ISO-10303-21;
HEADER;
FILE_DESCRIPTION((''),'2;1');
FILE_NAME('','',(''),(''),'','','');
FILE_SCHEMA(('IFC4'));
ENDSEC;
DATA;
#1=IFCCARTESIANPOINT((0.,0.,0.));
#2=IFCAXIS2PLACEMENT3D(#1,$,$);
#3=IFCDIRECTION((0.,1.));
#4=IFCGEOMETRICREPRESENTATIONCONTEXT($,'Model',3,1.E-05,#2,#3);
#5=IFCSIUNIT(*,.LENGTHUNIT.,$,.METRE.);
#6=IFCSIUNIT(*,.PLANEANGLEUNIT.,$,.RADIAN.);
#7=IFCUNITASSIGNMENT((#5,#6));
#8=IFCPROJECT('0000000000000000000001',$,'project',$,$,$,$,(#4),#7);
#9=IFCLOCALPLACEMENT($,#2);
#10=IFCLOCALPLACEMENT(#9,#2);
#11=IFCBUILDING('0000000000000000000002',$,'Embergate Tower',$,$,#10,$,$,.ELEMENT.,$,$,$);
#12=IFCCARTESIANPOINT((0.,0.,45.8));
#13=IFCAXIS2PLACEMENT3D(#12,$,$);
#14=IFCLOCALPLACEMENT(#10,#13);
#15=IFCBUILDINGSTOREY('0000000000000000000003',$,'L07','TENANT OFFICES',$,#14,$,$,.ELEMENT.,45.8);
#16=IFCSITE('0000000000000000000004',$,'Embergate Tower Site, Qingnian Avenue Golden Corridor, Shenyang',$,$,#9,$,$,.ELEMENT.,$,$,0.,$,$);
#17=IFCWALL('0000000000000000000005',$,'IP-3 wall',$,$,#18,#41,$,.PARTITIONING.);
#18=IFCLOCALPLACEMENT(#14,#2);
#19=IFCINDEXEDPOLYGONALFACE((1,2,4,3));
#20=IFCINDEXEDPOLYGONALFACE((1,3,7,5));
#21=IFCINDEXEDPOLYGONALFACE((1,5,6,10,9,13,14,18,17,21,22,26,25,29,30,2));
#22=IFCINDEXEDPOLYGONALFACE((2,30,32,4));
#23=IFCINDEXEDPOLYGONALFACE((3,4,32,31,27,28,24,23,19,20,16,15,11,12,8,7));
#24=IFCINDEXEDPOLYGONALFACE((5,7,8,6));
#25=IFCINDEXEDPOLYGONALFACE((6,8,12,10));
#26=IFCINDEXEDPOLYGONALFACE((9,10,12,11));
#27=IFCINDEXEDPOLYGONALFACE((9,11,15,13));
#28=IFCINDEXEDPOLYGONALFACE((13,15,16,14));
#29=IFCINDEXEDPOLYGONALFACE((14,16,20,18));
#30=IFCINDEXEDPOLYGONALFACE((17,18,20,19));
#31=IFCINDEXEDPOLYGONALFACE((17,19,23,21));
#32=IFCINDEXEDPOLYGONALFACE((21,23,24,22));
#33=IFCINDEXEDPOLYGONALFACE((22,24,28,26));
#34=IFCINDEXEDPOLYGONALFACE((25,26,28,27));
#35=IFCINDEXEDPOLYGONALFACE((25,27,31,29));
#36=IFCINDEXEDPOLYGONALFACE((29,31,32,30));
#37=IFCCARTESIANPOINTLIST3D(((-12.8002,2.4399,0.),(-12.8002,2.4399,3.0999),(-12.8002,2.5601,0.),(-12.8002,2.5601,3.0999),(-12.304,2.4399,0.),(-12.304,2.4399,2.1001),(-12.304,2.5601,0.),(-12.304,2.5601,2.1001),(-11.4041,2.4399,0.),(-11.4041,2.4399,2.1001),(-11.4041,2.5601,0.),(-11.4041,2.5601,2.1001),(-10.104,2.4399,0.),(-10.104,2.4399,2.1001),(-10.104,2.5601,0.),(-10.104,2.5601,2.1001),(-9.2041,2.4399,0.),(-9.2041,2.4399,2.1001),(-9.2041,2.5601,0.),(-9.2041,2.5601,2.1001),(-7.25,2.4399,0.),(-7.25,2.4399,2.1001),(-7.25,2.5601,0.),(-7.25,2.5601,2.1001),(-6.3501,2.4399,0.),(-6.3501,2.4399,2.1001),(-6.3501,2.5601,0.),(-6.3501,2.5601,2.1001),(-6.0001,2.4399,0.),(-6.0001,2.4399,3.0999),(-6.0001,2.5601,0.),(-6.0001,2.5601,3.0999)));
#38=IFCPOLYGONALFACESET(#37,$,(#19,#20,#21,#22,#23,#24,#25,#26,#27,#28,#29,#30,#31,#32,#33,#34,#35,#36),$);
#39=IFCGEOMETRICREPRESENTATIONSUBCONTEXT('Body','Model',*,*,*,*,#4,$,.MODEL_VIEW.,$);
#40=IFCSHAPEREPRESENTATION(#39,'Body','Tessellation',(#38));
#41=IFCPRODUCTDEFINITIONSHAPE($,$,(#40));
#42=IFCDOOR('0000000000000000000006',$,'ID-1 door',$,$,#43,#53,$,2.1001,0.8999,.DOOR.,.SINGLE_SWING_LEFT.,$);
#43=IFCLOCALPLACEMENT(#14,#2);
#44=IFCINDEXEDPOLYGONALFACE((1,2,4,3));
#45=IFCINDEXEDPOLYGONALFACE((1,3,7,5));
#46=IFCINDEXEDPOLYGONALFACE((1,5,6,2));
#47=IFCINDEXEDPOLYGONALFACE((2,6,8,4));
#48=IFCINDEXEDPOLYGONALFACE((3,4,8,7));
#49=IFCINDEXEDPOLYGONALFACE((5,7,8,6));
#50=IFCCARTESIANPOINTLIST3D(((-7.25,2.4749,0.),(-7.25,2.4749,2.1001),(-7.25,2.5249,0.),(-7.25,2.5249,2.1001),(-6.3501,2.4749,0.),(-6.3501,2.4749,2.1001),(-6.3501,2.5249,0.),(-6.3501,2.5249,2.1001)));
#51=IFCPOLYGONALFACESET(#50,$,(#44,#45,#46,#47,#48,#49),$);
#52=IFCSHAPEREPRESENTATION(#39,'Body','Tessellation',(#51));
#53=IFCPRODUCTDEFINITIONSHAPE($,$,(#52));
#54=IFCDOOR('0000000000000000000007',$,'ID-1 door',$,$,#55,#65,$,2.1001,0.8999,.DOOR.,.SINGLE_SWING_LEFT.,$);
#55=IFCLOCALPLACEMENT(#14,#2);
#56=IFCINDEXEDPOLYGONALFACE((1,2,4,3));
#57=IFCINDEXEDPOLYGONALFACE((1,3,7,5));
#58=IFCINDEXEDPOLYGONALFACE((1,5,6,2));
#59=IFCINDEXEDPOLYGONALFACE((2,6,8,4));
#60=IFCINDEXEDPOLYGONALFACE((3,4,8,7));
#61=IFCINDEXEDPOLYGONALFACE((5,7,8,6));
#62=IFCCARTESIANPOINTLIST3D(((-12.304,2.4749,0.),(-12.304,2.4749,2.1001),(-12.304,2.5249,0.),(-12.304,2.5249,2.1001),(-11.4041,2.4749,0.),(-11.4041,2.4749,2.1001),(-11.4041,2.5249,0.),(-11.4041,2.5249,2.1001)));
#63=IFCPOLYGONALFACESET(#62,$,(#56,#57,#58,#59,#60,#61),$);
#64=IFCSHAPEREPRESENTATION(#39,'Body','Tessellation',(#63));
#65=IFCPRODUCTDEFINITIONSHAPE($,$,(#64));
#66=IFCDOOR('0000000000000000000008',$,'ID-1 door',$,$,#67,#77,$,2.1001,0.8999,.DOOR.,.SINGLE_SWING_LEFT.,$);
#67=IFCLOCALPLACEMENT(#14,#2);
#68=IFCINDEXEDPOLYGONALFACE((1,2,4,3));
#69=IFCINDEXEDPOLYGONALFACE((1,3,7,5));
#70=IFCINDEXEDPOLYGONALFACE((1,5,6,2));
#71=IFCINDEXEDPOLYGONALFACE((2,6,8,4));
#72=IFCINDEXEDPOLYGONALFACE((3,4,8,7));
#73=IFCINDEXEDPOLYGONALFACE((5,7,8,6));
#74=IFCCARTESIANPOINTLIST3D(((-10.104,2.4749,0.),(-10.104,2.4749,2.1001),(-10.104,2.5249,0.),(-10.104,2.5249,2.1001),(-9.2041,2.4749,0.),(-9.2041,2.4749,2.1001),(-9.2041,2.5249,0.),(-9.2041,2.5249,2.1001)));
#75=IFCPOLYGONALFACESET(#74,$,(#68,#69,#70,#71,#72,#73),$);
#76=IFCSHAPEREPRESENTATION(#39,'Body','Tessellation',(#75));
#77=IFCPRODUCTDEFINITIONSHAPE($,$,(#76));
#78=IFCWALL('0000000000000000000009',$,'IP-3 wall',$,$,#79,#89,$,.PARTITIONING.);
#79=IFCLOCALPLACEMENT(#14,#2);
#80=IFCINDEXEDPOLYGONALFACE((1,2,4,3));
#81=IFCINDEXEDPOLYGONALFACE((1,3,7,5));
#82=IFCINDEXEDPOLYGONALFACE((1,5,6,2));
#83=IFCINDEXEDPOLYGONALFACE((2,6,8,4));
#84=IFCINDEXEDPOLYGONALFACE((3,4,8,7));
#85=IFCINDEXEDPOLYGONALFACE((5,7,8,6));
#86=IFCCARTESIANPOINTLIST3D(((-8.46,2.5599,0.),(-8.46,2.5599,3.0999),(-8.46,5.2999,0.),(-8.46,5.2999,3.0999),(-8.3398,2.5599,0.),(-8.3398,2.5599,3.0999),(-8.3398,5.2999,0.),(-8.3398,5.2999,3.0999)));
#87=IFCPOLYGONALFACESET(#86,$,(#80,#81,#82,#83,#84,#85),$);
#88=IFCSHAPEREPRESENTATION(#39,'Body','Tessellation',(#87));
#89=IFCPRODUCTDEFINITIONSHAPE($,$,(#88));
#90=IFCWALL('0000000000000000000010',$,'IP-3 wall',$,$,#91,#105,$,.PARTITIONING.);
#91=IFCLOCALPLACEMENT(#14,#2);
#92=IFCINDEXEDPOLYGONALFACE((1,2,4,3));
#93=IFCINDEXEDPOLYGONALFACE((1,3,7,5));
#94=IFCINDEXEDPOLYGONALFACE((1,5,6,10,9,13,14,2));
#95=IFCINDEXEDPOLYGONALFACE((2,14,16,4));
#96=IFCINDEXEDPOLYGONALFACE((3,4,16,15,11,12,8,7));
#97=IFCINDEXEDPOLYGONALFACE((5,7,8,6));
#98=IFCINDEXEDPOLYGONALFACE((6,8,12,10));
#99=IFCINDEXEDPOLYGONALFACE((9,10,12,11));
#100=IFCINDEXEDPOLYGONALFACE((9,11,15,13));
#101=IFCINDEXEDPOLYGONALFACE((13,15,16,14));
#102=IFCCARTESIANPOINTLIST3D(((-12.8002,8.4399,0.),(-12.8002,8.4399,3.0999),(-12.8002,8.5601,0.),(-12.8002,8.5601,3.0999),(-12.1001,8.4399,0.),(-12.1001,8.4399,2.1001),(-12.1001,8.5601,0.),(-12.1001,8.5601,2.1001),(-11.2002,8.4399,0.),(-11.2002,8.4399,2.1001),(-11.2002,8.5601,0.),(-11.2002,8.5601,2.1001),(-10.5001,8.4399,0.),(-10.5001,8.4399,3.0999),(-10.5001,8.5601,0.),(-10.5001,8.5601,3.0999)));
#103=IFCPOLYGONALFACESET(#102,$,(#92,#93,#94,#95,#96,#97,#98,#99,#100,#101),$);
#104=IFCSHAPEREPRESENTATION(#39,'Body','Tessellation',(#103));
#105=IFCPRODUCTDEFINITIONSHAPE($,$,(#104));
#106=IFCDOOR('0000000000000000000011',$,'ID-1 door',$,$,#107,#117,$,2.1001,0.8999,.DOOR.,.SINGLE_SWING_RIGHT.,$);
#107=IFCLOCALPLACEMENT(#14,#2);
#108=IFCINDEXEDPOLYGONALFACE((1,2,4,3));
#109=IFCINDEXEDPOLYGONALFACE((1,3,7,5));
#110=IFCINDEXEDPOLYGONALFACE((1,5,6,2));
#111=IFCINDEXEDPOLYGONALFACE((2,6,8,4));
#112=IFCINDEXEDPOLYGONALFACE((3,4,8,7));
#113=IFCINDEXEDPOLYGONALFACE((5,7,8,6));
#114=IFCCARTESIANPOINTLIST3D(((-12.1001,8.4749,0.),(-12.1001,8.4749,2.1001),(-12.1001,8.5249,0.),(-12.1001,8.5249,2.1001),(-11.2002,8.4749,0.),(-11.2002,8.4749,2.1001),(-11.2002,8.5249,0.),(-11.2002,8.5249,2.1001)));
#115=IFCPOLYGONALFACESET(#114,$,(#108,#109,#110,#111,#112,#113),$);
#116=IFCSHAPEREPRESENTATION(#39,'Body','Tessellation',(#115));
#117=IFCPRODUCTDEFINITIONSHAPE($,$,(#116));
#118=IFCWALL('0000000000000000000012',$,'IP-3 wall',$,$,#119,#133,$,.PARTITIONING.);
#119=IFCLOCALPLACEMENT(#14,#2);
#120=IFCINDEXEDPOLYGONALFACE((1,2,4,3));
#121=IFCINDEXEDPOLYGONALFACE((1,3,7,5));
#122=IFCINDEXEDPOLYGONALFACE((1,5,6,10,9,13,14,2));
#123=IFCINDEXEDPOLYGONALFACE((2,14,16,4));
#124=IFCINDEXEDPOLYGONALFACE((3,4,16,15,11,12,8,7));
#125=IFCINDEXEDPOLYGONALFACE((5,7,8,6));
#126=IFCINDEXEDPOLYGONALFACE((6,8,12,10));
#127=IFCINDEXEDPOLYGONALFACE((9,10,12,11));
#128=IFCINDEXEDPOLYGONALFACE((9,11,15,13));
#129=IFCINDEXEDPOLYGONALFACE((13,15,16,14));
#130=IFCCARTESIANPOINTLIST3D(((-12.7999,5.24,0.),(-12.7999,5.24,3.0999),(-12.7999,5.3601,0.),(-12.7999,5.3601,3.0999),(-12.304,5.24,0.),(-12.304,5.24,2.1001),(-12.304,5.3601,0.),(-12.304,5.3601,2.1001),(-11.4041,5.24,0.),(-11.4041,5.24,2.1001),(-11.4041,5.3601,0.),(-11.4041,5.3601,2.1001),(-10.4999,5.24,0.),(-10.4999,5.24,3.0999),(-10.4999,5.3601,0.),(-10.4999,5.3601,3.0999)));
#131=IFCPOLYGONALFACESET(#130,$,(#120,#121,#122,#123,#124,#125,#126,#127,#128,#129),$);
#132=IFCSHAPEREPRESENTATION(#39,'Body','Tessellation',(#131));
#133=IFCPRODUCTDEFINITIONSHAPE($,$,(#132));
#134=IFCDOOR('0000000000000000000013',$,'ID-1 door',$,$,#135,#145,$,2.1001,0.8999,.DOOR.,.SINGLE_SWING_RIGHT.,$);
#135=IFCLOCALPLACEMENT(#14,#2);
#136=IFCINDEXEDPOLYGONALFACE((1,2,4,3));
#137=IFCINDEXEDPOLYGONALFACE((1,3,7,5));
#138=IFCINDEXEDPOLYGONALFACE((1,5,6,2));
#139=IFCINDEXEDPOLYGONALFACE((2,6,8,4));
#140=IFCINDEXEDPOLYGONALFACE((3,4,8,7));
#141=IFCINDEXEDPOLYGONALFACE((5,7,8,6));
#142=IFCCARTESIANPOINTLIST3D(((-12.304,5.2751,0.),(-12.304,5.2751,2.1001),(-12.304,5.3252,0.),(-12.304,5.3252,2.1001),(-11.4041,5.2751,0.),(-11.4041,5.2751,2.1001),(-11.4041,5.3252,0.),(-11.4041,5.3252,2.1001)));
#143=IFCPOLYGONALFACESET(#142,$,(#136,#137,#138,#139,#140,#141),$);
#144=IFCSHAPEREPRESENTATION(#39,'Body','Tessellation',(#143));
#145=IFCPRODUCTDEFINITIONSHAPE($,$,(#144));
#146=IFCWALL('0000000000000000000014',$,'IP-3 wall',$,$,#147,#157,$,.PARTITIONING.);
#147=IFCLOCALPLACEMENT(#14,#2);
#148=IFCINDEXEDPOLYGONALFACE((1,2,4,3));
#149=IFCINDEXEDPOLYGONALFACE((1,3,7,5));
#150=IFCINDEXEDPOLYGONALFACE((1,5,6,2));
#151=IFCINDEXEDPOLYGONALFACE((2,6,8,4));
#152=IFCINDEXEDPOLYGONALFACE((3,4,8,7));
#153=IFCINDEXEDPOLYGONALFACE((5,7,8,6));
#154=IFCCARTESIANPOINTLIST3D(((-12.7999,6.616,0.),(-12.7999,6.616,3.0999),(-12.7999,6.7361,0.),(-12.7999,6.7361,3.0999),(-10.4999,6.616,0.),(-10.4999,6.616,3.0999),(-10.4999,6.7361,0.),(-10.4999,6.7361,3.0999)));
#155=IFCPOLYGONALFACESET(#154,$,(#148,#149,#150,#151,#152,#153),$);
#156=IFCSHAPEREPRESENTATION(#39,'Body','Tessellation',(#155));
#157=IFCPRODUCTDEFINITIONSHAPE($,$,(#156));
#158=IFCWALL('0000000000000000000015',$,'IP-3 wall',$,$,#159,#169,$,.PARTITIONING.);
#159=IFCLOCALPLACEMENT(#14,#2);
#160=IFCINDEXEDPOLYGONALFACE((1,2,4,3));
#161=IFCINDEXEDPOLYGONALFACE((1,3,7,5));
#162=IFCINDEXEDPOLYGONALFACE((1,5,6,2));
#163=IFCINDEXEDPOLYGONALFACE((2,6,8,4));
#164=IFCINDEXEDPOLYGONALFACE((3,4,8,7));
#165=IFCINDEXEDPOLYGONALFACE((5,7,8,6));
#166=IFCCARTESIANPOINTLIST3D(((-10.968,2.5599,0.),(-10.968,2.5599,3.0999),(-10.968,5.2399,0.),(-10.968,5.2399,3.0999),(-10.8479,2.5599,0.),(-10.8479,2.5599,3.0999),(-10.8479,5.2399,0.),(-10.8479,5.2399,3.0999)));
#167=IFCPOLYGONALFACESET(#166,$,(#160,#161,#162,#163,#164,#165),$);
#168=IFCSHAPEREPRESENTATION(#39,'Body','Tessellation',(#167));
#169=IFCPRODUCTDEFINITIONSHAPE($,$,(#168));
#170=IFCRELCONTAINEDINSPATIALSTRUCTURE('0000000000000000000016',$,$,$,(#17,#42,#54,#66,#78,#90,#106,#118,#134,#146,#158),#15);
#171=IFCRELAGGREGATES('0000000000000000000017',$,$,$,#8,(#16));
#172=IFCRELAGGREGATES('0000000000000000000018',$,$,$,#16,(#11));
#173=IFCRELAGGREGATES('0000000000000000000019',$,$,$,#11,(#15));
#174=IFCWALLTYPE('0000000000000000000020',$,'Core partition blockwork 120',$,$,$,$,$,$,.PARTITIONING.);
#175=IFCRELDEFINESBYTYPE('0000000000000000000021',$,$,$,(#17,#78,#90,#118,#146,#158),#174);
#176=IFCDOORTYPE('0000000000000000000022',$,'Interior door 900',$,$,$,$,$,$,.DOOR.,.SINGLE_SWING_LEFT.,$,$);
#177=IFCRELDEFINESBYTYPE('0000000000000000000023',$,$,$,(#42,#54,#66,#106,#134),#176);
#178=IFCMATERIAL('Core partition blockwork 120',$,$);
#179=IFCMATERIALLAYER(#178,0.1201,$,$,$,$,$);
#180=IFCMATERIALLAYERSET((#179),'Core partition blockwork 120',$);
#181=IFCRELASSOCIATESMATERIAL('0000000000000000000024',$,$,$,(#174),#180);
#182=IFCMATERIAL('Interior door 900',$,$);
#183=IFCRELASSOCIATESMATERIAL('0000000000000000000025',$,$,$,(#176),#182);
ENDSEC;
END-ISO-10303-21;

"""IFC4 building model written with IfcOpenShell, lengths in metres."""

from ifc_helpers import new_model, si_unit, direction, frame, frame_2d, origin, place, context, subcontext, project, spatial, rectangle, extrude, source, transform, mapped, material, layer, layer_set, type_object, element, fill, save


model = new_model("IFC4")

# Units and contexts
model_context = context("Model", 3, precision=1e-05, world=origin(), true_north=direction((0.0, 1.0)))
body_context = subcontext(model_context, "Body", "Model", "MODEL_VIEW")
ifc_project = project(units=[si_unit("LENGTHUNIT", "METRE"), si_unit("PLANEANGLEUNIT", "RADIAN")], contexts=[model_context])

# Site, building, storey
site_placement = place(None, origin())
site = spatial("IfcSite", under=ifc_project, at=site_placement, Name="Embergate Tower Site, Qingnian Avenue Golden Corridor, Shenyang", CompositionType="ELEMENT", RefElevation=0.0)
building_placement = place(site_placement, origin())
building = spatial("IfcBuilding", under=site, at=building_placement, Name="Embergate Tower", CompositionType="ELEMENT")
storey_placement = place(building_placement, frame((0.0, 0.0, 45.8)))
storey = spatial("IfcBuildingStorey", under=building, at=storey_placement, Name="L07", Description="TENANT OFFICES", CompositionType="ELEMENT", Elevation=45.8)

# Wall, openings, doors
ifc_material_1 = material(Name="Core partition blockwork 120")
ifc_layer_1 = layer(ifc_material_1, 0.1201)
ifc_layer_set_1 = layer_set([ifc_layer_1], Name="Core partition blockwork 120")
wall_type_1 = type_object("IfcWallType", Name="Core partition blockwork 120", PredefinedType="PARTITIONING", material=ifc_layer_set_1)
shared_shape_1 = source(origin(), body_context, "Body", "SweptSolid", [
    extrude(rectangle(XDim=6.8, YDim=0.1201, at=frame_2d((3.3999, 0.0))), origin(), (0.0, 0.0, 1.0), 3.0999),
])
wall_1_placement = place(storey_placement, frame((-12.8, 2.5, 0.0), z_axis=(0.0, 0.0, 1.0), x_axis=(1.0, 0.0, 0.0)))
wall_1 = element("IfcWall", 1, at=wall_1_placement, inside=storey, type_object=wall_type_1, Name="IP-3 wall", PredefinedType="PARTITIONING", context=body_context, shape_type="MappedRepresentation", body=[
    mapped(shared_shape_1, transform((0.0, 0.0, 0.0))),
])
shared_shape_2 = source(origin(), body_context, "Body", "SweptSolid", [
    extrude(rectangle(XDim=0.8999, YDim=2.1001, at=frame_2d((0.45, 1.05))), frame((0.0, 0.0701, 0.0), z_axis=(0.0, -1.0, 0.0), x_axis=(1.0, 0.0, 0.0)), (0.0, 0.0, 1.0), 0.1401),
])
opening_1_placement = place(wall_1_placement, frame((5.55, 0.0, 0.0)))
opening_1 = element("IfcOpeningElement", 2, at=opening_1_placement, cuts=wall_1, PredefinedType="OPENING", context=body_context, shape_type="MappedRepresentation", body=[
    mapped(shared_shape_2, transform((0.0, 0.0, 0.0))),
])
opening_2_placement = place(wall_1_placement, frame((0.4961, 0.0, 0.0)))
opening_2 = element("IfcOpeningElement", 3, at=opening_2_placement, cuts=wall_1, PredefinedType="OPENING", context=body_context, shape_type="MappedRepresentation", body=[
    mapped(shared_shape_2, transform((0.0, 0.0, 0.0))),
])
opening_3_placement = place(wall_1_placement, frame((2.696, 0.0, 0.0)))
opening_3 = element("IfcOpeningElement", 4, at=opening_3_placement, cuts=wall_1, PredefinedType="OPENING", context=body_context, shape_type="MappedRepresentation", body=[
    mapped(shared_shape_2, transform((0.0, 0.0, 0.0))),
])
ifc_material_2 = material(Name="Interior door 900")
door_type_1 = type_object("IfcDoorType", Name="Interior door 900", OperationType="SINGLE_SWING_LEFT", PredefinedType="DOOR", material=ifc_material_2)
shared_shape_3 = source(origin(), body_context, "Body", "SweptSolid", [
    extrude(rectangle(XDim=0.8999, YDim=2.1001, at=frame_2d((0.45, 1.05))), frame((0.0, 0.0249, 0.0), z_axis=(0.0, -1.0, 0.0), x_axis=(1.0, 0.0, 0.0)), (0.0, 0.0, 1.0), 0.05),
])
door_1_placement = place(opening_1_placement, origin())
door_1 = element("IfcDoor", 5, at=door_1_placement, inside=storey, type_object=door_type_1, Name="ID-1 door", OperationType="SINGLE_SWING_LEFT", OverallHeight=2.1001, OverallWidth=0.8999, PredefinedType="DOOR", context=body_context, shape_type="MappedRepresentation", body=[
    mapped(shared_shape_3, transform((0.0, 0.0, 0.0))),
])
fill(opening_1, door_1)
door_2_placement = place(opening_2_placement, origin())
door_2 = element("IfcDoor", 6, at=door_2_placement, inside=storey, type_object=door_type_1, Name="ID-1 door", OperationType="SINGLE_SWING_LEFT", OverallHeight=2.1001, OverallWidth=0.8999, PredefinedType="DOOR", context=body_context, shape_type="MappedRepresentation", body=[
    mapped(shared_shape_3, transform((0.0, 0.0, 0.0))),
])
fill(opening_2, door_2)
door_3_placement = place(opening_3_placement, origin())
door_3 = element("IfcDoor", 7, at=door_3_placement, inside=storey, type_object=door_type_1, Name="ID-1 door", OperationType="SINGLE_SWING_LEFT", OverallHeight=2.1001, OverallWidth=0.8999, PredefinedType="DOOR", context=body_context, shape_type="MappedRepresentation", body=[
    mapped(shared_shape_3, transform((0.0, 0.0, 0.0))),
])
fill(opening_3, door_3)

# Wall
shared_shape_4 = source(origin(), body_context, "Body", "SweptSolid", [
    extrude(rectangle(XDim=2.74, YDim=0.1201, at=frame_2d((1.3701, 0.0))), origin(), (0.0, 0.0, 1.0), 3.0999),
])
wall_2_placement = place(storey_placement, frame((-8.3999, 5.3, 0.0), z_axis=(0.0, 0.0, 1.0), x_axis=(0.0, -1.0, 0.0)))
element("IfcWall", 8, at=wall_2_placement, inside=storey, type_object=wall_type_1, Name="IP-3 wall", PredefinedType="PARTITIONING", context=body_context, shape_type="MappedRepresentation", body=[
    mapped(shared_shape_4, transform((0.0, 0.0, 0.0))),
])

# Walls, openings, doors
shared_shape_5 = source(origin(), body_context, "Body", "SweptSolid", [
    extrude(rectangle(XDim=2.3, YDim=0.1201, at=frame_2d((1.1499, 0.0))), origin(), (0.0, 0.0, 1.0), 3.0999),
])
wall_3_placement = place(storey_placement, frame((-12.8, 8.5, 0.0), z_axis=(0.0, 0.0, 1.0), x_axis=(1.0, 0.0, 0.0)))
wall_3 = element("IfcWall", 9, at=wall_3_placement, inside=storey, type_object=wall_type_1, Name="IP-3 wall", PredefinedType="PARTITIONING", context=body_context, shape_type="MappedRepresentation", body=[
    mapped(shared_shape_5, transform((0.0, 0.0, 0.0))),
])
opening_4_placement = place(wall_3_placement, frame((0.7, 0.0, 0.0)))
opening_4 = element("IfcOpeningElement", 10, at=opening_4_placement, cuts=wall_3, PredefinedType="OPENING", context=body_context, shape_type="MappedRepresentation", body=[
    mapped(shared_shape_2, transform((0.0, 0.0, 0.0))),
])
door_4_placement = place(opening_4_placement, origin())
door_4 = element("IfcDoor", 11, at=door_4_placement, inside=storey, type_object=door_type_1, Name="ID-1 door", OperationType="SINGLE_SWING_RIGHT", OverallHeight=2.1001, OverallWidth=0.8999, PredefinedType="DOOR", context=body_context, shape_type="MappedRepresentation", body=[
    mapped(shared_shape_3, transform((0.0, 0.0, 0.0))),
])
fill(opening_4, door_4)
wall_4_placement = place(storey_placement, frame((-10.5, 5.3, 0.0), z_axis=(0.0, 0.0, 1.0), x_axis=(-1.0, 0.0, 0.0)))
wall_4 = element("IfcWall", 12, at=wall_4_placement, inside=storey, type_object=wall_type_1, Name="IP-3 wall", PredefinedType="PARTITIONING", context=body_context, shape_type="MappedRepresentation", body=[
    mapped(shared_shape_5, transform((0.0, 0.0, 0.0))),
])
opening_5_placement = place(wall_4_placement, frame((0.9041, 0.0, 0.0)))
opening_5 = element("IfcOpeningElement", 13, at=opening_5_placement, cuts=wall_4, PredefinedType="OPENING", context=body_context, shape_type="MappedRepresentation", body=[
    mapped(shared_shape_2, transform((0.0, 0.0, 0.0))),
])
door_5_placement = place(opening_5_placement, origin())
door_5 = element("IfcDoor", 14, at=door_5_placement, inside=storey, type_object=door_type_1, Name="ID-1 door", OperationType="SINGLE_SWING_RIGHT", OverallHeight=2.1001, OverallWidth=0.8999, PredefinedType="DOOR", context=body_context, shape_type="MappedRepresentation", body=[
    mapped(shared_shape_3, transform((0.0, 0.0, 0.0))),
])
fill(opening_5, door_5)

# Walls
wall_5_placement = place(storey_placement, frame((-10.5, 6.676, 0.0), z_axis=(0.0, 0.0, 1.0), x_axis=(-1.0, 0.0, 0.0)))
element("IfcWall", 15, at=wall_5_placement, inside=storey, type_object=wall_type_1, Name="IP-3 wall", PredefinedType="PARTITIONING", context=body_context, shape_type="MappedRepresentation", body=[
    mapped(shared_shape_5, transform((0.0, 0.0, 0.0))),
])
shared_shape_6 = source(origin(), body_context, "Body", "SweptSolid", [
    extrude(rectangle(XDim=2.6799, YDim=0.1201, at=frame_2d((1.3398, 0.0))), origin(), (0.0, 0.0, 1.0), 3.0999),
])
wall_6_placement = place(storey_placement, frame((-10.908, 2.5601, 0.0), z_axis=(0.0, 0.0, 1.0), x_axis=(0.0, 1.0, 0.0)))
element("IfcWall", 16, at=wall_6_placement, inside=storey, type_object=wall_type_1, Name="IP-3 wall", PredefinedType="PARTITIONING", context=body_context, shape_type="MappedRepresentation", body=[
    mapped(shared_shape_6, transform((0.0, 0.0, 0.0))),
])

save(model, "model.ifc")
